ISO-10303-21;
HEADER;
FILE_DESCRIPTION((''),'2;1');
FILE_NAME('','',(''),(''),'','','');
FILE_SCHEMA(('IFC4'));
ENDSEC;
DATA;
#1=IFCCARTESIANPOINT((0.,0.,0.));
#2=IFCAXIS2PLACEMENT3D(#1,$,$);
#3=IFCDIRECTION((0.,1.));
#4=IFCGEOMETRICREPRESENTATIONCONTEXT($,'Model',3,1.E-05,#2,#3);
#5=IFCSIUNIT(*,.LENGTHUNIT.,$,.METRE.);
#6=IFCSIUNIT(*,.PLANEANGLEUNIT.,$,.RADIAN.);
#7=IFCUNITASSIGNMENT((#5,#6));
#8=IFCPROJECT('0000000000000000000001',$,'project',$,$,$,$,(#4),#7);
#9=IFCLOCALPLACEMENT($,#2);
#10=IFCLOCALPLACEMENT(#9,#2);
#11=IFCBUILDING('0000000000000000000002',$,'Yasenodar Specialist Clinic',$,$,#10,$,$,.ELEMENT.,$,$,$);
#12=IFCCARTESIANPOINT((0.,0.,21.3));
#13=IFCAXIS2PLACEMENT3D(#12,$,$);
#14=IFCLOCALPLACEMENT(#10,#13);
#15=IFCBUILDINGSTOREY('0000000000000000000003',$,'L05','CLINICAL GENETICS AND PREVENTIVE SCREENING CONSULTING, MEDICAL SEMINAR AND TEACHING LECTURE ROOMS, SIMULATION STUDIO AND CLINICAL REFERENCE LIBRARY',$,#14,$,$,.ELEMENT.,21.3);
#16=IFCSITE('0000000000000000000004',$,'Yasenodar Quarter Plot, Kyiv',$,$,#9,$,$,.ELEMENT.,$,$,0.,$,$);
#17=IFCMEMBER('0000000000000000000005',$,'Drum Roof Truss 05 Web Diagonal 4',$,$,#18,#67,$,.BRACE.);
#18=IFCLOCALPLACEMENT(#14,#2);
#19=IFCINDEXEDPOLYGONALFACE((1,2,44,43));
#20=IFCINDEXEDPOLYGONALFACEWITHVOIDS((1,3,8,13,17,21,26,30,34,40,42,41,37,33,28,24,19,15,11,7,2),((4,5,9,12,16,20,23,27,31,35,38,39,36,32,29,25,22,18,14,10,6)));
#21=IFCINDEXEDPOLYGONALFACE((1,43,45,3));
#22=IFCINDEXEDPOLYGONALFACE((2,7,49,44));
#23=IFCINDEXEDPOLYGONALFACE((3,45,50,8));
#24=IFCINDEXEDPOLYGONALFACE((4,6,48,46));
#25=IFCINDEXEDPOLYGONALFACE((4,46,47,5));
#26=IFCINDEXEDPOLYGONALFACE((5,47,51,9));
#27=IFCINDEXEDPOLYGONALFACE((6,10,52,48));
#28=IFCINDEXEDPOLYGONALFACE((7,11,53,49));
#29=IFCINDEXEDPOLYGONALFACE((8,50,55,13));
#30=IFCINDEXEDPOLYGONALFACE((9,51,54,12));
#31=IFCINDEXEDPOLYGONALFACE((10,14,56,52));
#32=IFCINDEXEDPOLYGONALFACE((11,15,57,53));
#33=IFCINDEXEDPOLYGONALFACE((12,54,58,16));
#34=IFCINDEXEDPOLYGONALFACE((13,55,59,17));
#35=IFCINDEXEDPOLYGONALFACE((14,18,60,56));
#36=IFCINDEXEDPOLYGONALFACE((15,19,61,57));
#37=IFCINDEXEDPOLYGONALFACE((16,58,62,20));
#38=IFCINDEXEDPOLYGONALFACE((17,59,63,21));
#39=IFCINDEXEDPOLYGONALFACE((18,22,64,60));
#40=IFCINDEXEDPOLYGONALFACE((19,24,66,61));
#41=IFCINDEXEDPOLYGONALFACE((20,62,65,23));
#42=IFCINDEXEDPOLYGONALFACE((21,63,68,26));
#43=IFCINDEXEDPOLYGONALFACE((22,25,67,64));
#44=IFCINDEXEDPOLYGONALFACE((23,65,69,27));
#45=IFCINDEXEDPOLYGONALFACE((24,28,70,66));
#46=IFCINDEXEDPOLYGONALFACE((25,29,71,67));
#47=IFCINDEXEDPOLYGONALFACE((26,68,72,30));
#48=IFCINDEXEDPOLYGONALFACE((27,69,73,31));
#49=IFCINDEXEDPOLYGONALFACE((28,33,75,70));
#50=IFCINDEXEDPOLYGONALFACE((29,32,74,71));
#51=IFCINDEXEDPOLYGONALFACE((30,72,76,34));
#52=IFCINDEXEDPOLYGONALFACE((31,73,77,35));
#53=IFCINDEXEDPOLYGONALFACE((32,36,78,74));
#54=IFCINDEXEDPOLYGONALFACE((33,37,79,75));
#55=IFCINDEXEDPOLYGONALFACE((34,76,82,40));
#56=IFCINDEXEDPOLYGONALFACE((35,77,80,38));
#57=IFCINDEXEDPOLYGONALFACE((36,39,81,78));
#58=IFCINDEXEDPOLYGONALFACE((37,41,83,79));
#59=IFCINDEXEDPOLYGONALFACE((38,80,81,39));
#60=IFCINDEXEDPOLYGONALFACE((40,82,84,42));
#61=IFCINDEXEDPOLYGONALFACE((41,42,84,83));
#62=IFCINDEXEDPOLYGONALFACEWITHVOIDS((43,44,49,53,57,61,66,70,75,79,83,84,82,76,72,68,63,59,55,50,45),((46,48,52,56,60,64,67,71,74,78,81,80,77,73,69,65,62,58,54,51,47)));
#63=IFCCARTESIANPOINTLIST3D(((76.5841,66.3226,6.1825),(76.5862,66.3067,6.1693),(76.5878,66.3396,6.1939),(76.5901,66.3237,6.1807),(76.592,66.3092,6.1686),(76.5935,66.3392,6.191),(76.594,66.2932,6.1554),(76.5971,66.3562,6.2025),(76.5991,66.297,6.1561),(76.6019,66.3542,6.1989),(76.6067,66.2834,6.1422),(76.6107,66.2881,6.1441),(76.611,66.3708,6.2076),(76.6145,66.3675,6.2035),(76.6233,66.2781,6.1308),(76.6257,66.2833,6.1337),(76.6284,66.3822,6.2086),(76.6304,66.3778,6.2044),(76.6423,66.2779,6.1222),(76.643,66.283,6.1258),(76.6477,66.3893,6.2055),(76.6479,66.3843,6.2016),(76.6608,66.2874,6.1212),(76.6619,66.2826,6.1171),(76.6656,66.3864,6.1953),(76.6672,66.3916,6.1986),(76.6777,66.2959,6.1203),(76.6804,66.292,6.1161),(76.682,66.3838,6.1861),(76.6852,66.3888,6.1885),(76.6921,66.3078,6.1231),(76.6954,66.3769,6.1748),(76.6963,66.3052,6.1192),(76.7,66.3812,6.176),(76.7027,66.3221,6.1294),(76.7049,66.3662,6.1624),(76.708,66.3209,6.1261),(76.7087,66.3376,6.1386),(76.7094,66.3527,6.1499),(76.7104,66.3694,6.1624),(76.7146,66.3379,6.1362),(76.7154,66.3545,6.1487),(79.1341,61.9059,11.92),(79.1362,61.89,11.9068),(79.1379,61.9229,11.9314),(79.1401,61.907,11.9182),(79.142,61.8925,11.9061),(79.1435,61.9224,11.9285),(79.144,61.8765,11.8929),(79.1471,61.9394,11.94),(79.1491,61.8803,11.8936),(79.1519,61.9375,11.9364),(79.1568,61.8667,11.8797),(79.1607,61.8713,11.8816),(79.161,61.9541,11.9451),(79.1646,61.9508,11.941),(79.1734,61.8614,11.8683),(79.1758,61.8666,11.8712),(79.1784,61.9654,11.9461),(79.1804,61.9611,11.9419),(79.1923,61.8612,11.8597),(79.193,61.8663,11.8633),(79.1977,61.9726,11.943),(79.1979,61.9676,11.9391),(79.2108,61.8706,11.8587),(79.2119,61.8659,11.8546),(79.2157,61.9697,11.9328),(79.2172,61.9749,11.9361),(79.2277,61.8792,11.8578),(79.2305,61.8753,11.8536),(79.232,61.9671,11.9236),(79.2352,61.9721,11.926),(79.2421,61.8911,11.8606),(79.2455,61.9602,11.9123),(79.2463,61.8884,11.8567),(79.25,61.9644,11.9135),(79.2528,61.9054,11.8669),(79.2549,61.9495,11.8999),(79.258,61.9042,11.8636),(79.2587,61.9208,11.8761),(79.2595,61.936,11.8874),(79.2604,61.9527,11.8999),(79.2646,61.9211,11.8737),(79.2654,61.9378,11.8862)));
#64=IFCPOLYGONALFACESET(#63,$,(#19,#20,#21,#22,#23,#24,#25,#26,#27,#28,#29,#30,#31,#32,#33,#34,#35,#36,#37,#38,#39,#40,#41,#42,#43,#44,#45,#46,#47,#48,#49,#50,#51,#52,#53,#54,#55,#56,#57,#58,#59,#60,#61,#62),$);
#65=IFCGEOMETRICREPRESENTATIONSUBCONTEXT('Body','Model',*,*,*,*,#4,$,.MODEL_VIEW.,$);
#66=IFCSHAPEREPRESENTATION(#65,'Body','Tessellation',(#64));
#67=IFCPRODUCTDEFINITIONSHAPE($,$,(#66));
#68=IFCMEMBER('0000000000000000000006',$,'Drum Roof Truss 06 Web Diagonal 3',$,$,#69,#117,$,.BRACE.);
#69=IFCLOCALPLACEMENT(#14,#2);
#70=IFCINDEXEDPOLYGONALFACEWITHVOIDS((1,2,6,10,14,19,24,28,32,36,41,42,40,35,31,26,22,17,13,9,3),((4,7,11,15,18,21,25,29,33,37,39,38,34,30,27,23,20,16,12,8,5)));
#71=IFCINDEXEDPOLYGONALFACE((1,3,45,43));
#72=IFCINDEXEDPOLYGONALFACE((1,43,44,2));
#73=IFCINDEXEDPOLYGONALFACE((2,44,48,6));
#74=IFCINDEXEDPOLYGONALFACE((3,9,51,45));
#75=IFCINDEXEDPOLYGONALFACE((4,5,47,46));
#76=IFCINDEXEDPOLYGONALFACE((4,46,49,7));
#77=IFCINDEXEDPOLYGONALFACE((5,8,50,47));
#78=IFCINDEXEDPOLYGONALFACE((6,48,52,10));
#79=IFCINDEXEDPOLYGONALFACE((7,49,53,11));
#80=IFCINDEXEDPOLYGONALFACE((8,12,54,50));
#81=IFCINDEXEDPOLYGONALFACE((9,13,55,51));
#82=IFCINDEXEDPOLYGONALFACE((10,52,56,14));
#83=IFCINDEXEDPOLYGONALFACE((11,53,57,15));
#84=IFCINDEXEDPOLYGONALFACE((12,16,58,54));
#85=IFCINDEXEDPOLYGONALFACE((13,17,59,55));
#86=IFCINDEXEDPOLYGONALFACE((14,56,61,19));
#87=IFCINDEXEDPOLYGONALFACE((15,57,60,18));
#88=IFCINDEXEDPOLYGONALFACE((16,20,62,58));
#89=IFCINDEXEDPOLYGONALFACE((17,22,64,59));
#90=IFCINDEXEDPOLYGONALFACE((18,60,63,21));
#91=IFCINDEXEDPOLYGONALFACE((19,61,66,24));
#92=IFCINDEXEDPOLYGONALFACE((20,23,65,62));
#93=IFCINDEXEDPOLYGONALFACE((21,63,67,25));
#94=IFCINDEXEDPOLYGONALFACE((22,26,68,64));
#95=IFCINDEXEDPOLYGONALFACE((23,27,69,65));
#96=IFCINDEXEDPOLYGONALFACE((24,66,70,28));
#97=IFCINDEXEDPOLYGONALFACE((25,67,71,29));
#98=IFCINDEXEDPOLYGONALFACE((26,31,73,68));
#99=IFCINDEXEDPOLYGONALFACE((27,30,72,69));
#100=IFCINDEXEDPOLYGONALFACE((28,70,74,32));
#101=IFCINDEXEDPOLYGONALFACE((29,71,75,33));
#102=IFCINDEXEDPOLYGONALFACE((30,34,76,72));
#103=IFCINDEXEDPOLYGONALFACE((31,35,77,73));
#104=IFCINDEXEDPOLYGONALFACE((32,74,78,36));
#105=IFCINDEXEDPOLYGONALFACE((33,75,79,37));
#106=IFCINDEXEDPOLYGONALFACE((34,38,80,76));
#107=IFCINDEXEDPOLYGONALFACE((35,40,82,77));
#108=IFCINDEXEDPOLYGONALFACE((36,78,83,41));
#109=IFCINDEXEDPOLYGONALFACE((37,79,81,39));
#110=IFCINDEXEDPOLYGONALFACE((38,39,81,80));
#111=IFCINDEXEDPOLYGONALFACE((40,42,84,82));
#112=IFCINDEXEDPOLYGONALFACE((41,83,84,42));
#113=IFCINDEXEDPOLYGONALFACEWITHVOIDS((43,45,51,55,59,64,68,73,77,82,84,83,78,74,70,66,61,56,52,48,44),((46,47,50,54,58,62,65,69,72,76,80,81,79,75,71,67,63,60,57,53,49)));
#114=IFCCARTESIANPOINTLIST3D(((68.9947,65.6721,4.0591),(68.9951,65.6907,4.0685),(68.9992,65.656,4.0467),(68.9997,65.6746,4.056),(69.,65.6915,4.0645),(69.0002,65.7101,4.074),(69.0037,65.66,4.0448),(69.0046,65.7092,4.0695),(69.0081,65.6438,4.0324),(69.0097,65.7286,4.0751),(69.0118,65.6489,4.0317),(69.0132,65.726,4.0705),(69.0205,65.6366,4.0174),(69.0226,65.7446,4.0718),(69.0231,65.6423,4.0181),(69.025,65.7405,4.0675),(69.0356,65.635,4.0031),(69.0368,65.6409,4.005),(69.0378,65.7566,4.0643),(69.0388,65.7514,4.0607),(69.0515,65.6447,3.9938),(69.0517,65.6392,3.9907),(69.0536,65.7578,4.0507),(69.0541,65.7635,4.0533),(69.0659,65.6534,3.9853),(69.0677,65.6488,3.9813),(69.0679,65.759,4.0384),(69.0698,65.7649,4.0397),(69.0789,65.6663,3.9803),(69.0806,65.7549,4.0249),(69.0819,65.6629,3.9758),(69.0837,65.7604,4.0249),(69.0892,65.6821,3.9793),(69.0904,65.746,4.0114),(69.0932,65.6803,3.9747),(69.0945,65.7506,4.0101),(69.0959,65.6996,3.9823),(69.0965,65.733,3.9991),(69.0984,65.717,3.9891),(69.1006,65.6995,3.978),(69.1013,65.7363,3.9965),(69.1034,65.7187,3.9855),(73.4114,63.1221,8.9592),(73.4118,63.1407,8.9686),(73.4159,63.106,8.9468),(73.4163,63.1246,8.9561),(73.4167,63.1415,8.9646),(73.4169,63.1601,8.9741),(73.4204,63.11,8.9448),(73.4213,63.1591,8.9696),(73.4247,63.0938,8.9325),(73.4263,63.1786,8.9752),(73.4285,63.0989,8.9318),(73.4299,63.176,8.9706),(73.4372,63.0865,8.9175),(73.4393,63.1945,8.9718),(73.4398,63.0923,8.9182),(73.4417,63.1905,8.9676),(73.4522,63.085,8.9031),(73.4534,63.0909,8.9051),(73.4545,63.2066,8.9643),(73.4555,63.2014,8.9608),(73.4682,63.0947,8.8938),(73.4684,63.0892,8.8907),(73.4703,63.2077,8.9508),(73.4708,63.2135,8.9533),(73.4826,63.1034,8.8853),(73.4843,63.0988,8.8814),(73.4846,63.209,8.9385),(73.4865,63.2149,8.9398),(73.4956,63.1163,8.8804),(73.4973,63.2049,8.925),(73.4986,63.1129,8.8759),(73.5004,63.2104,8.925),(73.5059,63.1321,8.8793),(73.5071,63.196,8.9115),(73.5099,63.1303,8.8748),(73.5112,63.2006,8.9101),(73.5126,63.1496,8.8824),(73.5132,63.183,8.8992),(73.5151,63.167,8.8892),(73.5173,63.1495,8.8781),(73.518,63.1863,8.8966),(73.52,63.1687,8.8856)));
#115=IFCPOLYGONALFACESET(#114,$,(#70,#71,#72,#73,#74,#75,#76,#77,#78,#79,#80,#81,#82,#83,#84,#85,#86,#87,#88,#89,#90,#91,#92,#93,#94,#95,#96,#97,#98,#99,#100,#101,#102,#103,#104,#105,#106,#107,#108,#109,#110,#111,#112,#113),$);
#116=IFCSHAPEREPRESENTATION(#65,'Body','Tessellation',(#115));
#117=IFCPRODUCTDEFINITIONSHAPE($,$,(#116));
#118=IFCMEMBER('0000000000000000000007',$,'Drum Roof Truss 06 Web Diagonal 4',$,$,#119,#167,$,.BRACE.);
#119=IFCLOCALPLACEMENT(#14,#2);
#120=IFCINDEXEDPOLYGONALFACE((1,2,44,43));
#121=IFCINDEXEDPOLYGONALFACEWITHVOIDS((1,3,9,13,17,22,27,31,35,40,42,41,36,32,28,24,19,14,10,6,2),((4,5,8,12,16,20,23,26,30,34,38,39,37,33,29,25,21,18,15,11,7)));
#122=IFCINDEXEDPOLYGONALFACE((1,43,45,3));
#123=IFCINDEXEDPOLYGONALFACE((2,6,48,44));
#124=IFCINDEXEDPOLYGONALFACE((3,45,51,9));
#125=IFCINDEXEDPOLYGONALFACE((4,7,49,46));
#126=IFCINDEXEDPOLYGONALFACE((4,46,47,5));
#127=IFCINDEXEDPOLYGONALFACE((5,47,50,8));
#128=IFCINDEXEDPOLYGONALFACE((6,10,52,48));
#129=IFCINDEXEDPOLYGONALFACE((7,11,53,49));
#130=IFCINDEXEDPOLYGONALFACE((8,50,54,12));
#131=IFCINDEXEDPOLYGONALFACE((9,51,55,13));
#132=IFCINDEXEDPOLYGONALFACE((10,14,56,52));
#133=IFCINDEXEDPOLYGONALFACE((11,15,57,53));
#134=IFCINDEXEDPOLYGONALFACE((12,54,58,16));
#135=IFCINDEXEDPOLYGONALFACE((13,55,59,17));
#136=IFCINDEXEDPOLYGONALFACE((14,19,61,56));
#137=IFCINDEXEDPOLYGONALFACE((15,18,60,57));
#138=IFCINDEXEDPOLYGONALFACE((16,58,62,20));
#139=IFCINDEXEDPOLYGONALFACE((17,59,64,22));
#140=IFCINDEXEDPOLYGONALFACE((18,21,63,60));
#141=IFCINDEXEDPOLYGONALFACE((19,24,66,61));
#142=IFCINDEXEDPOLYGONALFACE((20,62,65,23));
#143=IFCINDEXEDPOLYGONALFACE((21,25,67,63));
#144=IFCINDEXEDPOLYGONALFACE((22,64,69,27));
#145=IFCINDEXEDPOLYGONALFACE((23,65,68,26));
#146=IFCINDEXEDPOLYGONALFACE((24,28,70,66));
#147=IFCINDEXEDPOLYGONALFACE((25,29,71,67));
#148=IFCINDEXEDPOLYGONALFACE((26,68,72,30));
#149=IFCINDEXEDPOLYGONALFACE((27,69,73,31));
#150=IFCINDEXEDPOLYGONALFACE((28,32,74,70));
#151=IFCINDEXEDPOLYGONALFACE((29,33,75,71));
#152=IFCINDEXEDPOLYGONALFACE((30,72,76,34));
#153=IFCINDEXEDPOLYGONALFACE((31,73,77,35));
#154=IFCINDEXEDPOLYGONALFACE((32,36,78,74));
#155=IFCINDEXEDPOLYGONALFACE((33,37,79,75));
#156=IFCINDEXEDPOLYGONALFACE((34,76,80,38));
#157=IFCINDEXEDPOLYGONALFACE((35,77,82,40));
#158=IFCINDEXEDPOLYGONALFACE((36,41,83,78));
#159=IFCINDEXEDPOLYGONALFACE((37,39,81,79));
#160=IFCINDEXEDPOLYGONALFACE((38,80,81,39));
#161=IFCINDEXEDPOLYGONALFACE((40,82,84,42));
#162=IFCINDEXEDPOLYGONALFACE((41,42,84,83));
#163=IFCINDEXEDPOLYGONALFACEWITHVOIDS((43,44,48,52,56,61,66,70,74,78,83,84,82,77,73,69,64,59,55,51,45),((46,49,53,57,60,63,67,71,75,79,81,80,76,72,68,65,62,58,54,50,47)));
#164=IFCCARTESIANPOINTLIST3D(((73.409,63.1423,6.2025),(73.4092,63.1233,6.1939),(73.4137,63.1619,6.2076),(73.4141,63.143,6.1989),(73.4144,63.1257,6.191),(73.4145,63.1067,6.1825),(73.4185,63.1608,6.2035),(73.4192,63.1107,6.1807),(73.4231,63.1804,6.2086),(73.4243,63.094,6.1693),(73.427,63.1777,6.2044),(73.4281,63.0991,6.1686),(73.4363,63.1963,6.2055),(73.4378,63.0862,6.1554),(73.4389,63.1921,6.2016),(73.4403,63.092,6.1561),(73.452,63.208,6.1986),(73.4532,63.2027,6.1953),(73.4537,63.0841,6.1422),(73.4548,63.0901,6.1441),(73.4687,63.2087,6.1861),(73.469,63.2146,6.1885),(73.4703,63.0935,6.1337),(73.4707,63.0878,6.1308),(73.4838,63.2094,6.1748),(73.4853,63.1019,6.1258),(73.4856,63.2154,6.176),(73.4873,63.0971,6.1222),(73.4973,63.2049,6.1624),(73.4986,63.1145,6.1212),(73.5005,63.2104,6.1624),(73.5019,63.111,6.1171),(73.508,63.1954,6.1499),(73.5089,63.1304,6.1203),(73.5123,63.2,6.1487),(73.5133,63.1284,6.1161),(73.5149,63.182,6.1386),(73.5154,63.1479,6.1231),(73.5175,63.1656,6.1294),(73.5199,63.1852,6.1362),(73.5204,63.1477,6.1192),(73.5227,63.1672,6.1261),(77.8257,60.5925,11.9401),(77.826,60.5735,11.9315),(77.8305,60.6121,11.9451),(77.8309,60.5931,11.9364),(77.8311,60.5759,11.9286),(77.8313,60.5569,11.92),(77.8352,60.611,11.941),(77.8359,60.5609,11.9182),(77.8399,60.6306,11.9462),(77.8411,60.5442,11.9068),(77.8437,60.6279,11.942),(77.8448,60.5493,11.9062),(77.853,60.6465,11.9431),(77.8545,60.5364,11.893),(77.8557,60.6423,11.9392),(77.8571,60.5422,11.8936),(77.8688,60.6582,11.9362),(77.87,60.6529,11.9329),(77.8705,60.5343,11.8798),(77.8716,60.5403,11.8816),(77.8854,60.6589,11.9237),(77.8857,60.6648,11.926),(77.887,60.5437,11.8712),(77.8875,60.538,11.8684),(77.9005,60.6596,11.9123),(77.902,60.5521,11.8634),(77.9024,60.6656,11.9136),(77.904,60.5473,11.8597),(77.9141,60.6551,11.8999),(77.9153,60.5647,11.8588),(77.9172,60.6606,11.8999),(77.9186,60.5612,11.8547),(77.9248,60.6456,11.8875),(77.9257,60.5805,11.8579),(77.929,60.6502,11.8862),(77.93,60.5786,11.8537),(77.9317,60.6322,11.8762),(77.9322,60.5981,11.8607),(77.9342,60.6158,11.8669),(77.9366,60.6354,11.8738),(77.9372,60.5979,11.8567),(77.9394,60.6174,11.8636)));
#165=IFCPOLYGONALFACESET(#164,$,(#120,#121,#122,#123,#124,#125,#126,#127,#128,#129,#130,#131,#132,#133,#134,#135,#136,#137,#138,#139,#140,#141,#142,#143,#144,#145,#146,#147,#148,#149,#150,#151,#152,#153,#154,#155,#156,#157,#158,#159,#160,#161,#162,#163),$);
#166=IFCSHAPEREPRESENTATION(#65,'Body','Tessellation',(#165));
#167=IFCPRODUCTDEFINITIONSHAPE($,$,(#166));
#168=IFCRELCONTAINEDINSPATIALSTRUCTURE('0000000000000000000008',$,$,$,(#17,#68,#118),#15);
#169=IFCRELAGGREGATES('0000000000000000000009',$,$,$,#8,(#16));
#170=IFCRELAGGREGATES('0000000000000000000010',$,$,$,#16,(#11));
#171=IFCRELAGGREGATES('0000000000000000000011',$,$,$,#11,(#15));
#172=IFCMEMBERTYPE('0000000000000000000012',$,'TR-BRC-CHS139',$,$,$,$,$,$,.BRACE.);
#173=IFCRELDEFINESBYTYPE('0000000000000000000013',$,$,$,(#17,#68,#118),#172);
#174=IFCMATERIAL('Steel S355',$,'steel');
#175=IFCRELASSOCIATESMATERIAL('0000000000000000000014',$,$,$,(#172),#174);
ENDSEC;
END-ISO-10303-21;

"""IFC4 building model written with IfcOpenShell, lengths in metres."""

from ifc_helpers import new_model, si_unit, direction, frame, origin, origin_2d, place, context, subcontext, project, spatial, hollow_circle, extrude, material, material_profile, profile_set, type_object, element, save


model = new_model("IFC4")

# Units and contexts
model_context = context("Model", 3, precision=1e-05, world=origin(), true_north=direction((0.0, 1.0)))
body_context = subcontext(model_context, "Body", "Model", "MODEL_VIEW")
ifc_project = project(units=[si_unit("LENGTHUNIT", "METRE"), si_unit("PLANEANGLEUNIT", "RADIAN")], contexts=[model_context])

# Site, building, storey
site_placement = place(None, origin())
site = spatial("IfcSite", under=ifc_project, at=site_placement, Name="Yasenodar Quarter Plot, Kyiv", CompositionType="ELEMENT", RefElevation=0.0)
building_placement = place(site_placement, origin())
building = spatial("IfcBuilding", under=site, at=building_placement, Name="Yasenodar Specialist Clinic", CompositionType="ELEMENT")
storey_placement = place(building_placement, frame((0.0, 0.0, 21.3)))
storey = spatial("IfcBuildingStorey", under=building, at=storey_placement, Name="L05", Description="CLINICAL GENETICS AND PREVENTIVE SCREENING CONSULTING, MEDICAL SEMINAR AND TEACHING LECTURE ROOMS, SIMULATION STUDIO AND CLINICAL REFERENCE LIBRARY", CompositionType="ELEMENT", Elevation=21.3)

# Shared definitions
ifc_material = material(Name="Steel S355", Category="steel")

# Members
ifc_material_profile_1 = material_profile(ifc_material, hollow_circle(Radius=0.0698, WallThickness=0.0063, at=origin_2d()), Name="CHS 139.7x6.3")
ifc_profile_set_1 = profile_set([ifc_material_profile_1], Name="Steel S355")
member_type_1 = type_object("IfcMemberType", Name="TR-BRC-CHS139", PredefinedType="BRACE", material=ifc_profile_set_1)
member_1_placement = place(storey_placement, frame((76.6499, 66.3345, 6.1624), z_axis=(0.332186, -0.575354, 0.74741), x_axis=(0.866022, 0.500006, 0.0)))
element("IfcMember", 1, at=member_1_placement, inside=storey, type_object=member_type_1, Name="Drum Roof Truss 05 Web Diagonal 4", PredefinedType="BRACE", context=body_context, shape_type="SweptSolid", body=[
    extrude(hollow_circle(Radius=0.0698, WallThickness=0.0063, at=origin_2d()), origin(), (0.0, 0.0, 1.0), 7.6765),
])
member_2_placement = place(storey_placement, frame((69.0488, 65.7, 4.0249), z_axis=(0.624486, -0.360553, 0.692834), x_axis=(0.500006, 0.866022, 0.0)))
element("IfcMember", 2, at=member_2_placement, inside=storey, type_object=member_type_1, Name="Drum Roof Truss 06 Web Diagonal 3", PredefinedType="BRACE", context=body_context, shape_type="SweptSolid", body=[
    extrude(hollow_circle(Radius=0.0698, WallThickness=0.0063, at=origin_2d()), origin(), (0.0, 0.0, 1.0), 7.0725),
])
member_3_placement = place(storey_placement, frame((73.4656, 63.1499, 6.1624), z_axis=(0.57536, -0.332157, 0.747417), x_axis=(0.49997, 0.866043, 0.0)))
element("IfcMember", 3, at=member_3_placement, inside=storey, type_object=member_type_1, Name="Drum Roof Truss 06 Web Diagonal 4", PredefinedType="BRACE", context=body_context, shape_type="SweptSolid", body=[
    extrude(hollow_circle(Radius=0.0698, WallThickness=0.0063, at=origin_2d()), origin(), (0.0, 0.0, 1.0), 7.6765),
])

save(model, "model.ifc")
